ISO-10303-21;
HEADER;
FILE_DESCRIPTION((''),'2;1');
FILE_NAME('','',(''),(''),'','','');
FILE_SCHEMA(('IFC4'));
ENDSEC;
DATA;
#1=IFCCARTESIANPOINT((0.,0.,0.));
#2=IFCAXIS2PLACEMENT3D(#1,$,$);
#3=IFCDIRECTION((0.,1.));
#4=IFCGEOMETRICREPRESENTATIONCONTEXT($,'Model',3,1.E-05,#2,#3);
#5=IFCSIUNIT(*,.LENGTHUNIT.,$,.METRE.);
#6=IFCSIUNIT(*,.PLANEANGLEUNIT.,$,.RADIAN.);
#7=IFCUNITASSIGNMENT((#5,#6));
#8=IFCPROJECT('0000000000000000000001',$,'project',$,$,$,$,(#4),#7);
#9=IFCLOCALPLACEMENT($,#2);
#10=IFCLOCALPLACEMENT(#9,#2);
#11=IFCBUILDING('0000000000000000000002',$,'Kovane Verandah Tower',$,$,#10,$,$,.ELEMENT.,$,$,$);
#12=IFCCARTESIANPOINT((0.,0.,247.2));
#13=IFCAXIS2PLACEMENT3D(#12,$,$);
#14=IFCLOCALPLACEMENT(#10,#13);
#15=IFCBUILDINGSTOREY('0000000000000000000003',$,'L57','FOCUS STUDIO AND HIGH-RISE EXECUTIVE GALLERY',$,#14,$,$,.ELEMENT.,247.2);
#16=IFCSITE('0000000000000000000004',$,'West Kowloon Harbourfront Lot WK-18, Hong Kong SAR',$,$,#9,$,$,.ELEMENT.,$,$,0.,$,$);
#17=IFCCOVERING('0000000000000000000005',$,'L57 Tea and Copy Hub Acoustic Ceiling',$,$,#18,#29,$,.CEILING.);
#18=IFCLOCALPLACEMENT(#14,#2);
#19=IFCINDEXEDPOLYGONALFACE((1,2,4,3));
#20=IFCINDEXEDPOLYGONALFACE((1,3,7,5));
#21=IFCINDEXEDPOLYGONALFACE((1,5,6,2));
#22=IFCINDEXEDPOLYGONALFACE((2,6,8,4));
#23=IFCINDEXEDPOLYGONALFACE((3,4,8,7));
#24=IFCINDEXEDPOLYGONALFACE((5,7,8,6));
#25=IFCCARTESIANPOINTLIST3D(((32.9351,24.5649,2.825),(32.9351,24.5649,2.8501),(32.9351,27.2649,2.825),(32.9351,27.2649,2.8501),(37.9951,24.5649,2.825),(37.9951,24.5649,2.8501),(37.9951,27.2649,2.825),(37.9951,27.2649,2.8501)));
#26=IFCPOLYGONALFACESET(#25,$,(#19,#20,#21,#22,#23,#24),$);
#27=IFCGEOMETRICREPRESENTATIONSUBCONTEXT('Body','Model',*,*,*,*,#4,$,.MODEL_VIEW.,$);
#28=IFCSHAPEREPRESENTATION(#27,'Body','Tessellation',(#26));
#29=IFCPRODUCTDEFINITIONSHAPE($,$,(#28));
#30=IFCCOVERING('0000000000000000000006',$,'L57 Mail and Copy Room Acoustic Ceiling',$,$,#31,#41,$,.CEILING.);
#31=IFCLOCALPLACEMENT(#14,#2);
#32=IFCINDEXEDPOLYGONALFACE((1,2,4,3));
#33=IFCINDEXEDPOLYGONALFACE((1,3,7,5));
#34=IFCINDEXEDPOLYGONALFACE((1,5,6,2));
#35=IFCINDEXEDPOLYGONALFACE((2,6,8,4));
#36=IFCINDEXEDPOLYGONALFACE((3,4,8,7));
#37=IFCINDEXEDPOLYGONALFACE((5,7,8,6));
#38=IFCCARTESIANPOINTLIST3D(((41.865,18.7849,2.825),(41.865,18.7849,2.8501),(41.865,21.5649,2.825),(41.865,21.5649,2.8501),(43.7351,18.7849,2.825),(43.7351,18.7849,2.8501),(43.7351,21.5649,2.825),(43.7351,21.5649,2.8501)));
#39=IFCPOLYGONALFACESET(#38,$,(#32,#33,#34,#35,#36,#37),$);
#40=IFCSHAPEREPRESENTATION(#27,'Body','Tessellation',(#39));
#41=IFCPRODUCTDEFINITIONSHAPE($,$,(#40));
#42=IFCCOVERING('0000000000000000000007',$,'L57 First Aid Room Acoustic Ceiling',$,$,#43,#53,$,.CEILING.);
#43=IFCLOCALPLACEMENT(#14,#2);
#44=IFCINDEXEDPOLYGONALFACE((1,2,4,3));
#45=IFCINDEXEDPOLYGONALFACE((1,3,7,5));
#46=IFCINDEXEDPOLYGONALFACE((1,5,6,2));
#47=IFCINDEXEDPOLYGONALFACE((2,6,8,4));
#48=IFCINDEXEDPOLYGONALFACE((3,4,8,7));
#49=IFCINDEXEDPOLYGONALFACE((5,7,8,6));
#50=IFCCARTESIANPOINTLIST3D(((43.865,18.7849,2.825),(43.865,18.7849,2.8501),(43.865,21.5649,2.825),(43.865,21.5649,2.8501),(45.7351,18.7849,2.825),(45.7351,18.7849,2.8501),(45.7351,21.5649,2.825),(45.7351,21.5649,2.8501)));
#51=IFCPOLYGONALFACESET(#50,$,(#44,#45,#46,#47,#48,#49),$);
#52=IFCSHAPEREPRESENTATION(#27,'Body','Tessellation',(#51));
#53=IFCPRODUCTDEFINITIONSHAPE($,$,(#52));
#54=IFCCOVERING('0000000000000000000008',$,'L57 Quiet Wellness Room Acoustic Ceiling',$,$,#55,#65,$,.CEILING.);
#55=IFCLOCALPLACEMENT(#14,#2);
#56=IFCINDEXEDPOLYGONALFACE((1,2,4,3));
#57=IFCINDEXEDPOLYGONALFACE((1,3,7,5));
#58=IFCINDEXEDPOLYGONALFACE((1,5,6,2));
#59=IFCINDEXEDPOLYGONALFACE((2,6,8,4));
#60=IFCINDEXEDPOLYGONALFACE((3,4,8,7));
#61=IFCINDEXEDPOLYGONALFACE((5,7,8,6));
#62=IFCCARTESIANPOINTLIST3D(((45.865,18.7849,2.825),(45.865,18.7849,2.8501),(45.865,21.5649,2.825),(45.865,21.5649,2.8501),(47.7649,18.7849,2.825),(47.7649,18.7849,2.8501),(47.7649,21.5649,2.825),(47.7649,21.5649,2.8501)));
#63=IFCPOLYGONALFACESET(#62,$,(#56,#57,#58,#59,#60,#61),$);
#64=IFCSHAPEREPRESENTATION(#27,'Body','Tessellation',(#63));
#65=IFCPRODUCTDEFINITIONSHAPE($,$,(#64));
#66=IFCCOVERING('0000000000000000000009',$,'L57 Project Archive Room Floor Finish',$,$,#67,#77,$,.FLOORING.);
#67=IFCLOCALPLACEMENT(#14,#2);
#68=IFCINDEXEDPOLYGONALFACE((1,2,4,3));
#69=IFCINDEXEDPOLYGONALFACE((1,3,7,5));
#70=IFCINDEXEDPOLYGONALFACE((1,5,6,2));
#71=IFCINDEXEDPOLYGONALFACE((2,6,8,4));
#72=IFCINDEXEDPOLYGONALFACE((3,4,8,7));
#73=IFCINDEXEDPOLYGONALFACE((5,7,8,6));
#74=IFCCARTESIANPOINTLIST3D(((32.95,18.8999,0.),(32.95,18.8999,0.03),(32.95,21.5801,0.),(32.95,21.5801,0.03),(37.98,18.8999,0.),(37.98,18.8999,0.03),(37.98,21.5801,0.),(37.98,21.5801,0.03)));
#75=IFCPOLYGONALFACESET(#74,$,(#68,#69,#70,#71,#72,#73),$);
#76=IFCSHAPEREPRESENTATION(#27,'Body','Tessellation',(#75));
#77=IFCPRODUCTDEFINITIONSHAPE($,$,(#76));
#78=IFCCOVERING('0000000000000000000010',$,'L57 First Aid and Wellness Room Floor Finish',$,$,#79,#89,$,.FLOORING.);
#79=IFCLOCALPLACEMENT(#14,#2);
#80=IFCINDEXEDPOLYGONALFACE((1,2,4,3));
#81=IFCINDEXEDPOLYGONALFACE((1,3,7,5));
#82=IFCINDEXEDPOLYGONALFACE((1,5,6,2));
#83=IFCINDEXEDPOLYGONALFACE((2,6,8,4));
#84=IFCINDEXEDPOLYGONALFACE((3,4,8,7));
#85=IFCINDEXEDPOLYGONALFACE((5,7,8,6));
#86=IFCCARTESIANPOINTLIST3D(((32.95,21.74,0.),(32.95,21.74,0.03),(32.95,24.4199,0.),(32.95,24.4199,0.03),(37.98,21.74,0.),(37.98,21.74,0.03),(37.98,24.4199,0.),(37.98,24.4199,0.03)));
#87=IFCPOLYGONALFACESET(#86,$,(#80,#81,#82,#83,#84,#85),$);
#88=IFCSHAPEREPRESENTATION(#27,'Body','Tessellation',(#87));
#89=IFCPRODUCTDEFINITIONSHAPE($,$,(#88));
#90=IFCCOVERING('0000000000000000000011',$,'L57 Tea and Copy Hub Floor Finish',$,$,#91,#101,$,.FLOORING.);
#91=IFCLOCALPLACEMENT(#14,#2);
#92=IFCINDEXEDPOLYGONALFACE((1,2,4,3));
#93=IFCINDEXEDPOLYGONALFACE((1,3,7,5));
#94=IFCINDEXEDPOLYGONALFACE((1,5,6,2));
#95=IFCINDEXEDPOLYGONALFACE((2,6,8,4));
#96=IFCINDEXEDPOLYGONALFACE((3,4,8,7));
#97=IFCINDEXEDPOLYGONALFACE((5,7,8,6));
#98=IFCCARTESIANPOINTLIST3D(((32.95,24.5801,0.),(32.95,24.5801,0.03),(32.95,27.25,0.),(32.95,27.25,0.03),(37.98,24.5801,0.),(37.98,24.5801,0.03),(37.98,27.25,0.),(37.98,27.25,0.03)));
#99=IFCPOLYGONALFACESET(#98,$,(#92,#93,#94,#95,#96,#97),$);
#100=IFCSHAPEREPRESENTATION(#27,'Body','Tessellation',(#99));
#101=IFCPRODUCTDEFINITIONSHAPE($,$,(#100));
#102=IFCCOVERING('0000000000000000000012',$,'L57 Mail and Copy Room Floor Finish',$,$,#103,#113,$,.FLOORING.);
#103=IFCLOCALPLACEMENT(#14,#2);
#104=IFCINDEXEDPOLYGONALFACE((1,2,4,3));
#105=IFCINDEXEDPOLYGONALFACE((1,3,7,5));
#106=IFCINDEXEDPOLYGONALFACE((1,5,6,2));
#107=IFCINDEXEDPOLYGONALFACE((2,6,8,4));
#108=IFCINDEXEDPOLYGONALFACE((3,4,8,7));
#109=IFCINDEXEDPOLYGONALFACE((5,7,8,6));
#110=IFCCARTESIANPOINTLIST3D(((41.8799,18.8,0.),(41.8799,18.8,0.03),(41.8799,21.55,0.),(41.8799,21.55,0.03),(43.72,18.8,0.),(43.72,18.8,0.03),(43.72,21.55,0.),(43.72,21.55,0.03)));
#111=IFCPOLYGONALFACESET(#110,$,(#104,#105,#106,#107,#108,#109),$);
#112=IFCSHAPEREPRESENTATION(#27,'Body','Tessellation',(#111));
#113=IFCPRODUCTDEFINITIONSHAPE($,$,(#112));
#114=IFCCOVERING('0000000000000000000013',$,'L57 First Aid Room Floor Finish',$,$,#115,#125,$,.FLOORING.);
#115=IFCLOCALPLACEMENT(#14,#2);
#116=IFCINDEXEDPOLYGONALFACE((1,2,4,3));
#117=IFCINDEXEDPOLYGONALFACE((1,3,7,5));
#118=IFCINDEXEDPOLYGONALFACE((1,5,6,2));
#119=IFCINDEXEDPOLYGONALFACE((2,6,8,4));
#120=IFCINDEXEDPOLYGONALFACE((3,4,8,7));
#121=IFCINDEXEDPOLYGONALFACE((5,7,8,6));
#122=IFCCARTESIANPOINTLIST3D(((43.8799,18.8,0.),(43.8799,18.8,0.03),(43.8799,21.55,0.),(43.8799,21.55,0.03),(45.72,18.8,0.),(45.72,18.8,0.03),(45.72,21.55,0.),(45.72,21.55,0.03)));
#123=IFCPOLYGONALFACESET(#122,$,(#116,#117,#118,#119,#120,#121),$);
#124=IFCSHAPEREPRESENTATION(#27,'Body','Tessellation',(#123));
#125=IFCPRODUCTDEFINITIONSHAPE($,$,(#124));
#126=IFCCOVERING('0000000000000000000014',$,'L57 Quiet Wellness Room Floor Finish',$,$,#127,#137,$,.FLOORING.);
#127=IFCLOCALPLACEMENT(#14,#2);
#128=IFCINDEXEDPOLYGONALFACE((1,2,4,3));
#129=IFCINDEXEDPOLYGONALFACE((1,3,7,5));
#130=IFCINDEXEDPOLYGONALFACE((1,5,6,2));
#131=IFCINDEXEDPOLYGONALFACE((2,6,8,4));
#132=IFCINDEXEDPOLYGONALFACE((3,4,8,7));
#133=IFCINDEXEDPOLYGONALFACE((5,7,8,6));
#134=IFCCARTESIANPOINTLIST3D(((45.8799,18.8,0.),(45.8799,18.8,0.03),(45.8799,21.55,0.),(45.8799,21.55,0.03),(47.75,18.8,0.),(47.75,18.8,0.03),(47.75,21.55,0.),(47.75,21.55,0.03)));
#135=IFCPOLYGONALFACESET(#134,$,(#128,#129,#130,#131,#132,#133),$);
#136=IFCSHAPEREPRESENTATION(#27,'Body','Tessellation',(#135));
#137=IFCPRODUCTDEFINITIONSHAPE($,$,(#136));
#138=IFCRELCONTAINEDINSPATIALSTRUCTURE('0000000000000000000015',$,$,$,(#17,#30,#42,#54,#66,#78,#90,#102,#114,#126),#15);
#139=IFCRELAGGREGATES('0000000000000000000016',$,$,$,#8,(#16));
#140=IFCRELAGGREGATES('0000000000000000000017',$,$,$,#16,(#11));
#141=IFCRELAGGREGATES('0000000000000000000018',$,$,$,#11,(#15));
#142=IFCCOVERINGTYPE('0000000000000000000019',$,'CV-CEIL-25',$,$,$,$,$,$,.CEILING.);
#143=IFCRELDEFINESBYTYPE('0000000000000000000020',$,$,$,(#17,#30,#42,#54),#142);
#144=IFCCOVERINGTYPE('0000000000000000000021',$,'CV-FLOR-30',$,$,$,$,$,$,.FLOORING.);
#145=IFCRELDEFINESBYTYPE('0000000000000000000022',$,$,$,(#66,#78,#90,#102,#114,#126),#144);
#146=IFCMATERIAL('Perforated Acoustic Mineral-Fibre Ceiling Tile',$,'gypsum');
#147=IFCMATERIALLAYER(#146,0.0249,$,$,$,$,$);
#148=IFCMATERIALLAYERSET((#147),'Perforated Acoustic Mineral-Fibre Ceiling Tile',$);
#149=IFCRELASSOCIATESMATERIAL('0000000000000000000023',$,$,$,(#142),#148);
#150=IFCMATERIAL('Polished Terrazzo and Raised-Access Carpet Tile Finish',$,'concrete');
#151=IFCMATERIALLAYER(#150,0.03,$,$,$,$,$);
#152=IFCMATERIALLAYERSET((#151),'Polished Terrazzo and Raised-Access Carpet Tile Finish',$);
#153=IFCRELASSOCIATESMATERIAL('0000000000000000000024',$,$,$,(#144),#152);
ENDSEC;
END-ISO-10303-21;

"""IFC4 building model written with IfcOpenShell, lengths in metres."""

from ifc_helpers import new_model, si_unit, direction, frame, origin, place, context, subcontext, project, spatial, polyline, outline, extrude, material, layer, layer_set, type_object, element, save


model = new_model("IFC4")

# Units and contexts
model_context = context("Model", 3, precision=1e-05, world=origin(), true_north=direction((0.0, 1.0)))
body_context = subcontext(model_context, "Body", "Model", "MODEL_VIEW")
ifc_project = project(units=[si_unit("LENGTHUNIT", "METRE"), si_unit("PLANEANGLEUNIT", "RADIAN")], contexts=[model_context])

# Site, building, storey
site_placement = place(None, origin())
site = spatial("IfcSite", under=ifc_project, at=site_placement, Name="West Kowloon Harbourfront Lot WK-18, Hong Kong SAR", CompositionType="ELEMENT", RefElevation=0.0)
building_placement = place(site_placement, origin())
building = spatial("IfcBuilding", under=site, at=building_placement, Name="Kovane Verandah Tower", CompositionType="ELEMENT")
storey_placement = place(building_placement, frame((0.0, 0.0, 247.2)))
storey = spatial("IfcBuildingStorey", under=building, at=storey_placement, Name="L57", Description="FOCUS STUDIO AND HIGH-RISE EXECUTIVE GALLERY", CompositionType="ELEMENT", Elevation=247.2)

# Coverings
ifc_material_1 = material(Name="Perforated Acoustic Mineral-Fibre Ceiling Tile", Category="gypsum")
ifc_layer_1 = layer(ifc_material_1, 0.0249)
ifc_layer_set_1 = layer_set([ifc_layer_1], Name="Perforated Acoustic Mineral-Fibre Ceiling Tile")
covering_type_1 = type_object("IfcCoveringType", Name="CV-CEIL-25", PredefinedType="CEILING", material=ifc_layer_set_1)
covering_1_placement = place(storey_placement, frame((0.0, 0.0, 2.825)))
element("IfcCovering", 1, at=covering_1_placement, inside=storey, type_object=covering_type_1, Name="L57 Tea and Copy Hub Acoustic Ceiling", PredefinedType="CEILING", context=body_context, shape_type="SweptSolid", body=[
    extrude(outline(polyline([(32.9351, 24.5649), (37.9951, 24.5649), (37.9951, 27.2649), (32.9351, 27.2649), (32.9351, 24.5649)])), origin(), (0.0, 0.0, 1.0), 0.0251),
])
covering_2_placement = place(storey_placement, frame((0.0, 0.0, 2.825)))
element("IfcCovering", 2, at=covering_2_placement, inside=storey, type_object=covering_type_1, Name="L57 Mail and Copy Room Acoustic Ceiling", PredefinedType="CEILING", context=body_context, shape_type="SweptSolid", body=[
    extrude(outline(polyline([(41.865, 18.7849), (43.7351, 18.7849), (43.7351, 21.5649), (41.865, 21.5649), (41.865, 18.7849)])), origin(), (0.0, 0.0, 1.0), 0.0251),
])
covering_3_placement = place(storey_placement, frame((0.0, 0.0, 2.825)))
element("IfcCovering", 3, at=covering_3_placement, inside=storey, type_object=covering_type_1, Name="L57 First Aid Room Acoustic Ceiling", PredefinedType="CEILING", context=body_context, shape_type="SweptSolid", body=[
    extrude(outline(polyline([(43.865, 18.7849), (45.7351, 18.7849), (45.7351, 21.5649), (43.865, 21.5649), (43.865, 18.7849)])), origin(), (0.0, 0.0, 1.0), 0.0251),
])
covering_4_placement = place(storey_placement, frame((0.0, 0.0, 2.825)))
element("IfcCovering", 4, at=covering_4_placement, inside=storey, type_object=covering_type_1, Name="L57 Quiet Wellness Room Acoustic Ceiling", PredefinedType="CEILING", context=body_context, shape_type="SweptSolid", body=[
    extrude(outline(polyline([(45.865, 18.7849), (47.7649, 18.7849), (47.7649, 21.5649), (45.865, 21.5649), (45.865, 18.7849)])), origin(), (0.0, 0.0, 1.0), 0.0251),
])
ifc_material_2 = material(Name="Polished Terrazzo and Raised-Access Carpet Tile Finish", Category="concrete")
ifc_layer_2 = layer(ifc_material_2, 0.03)
ifc_layer_set_2 = layer_set([ifc_layer_2], Name="Polished Terrazzo and Raised-Access Carpet Tile Finish")
covering_type_2 = type_object("IfcCoveringType", Name="CV-FLOR-30", PredefinedType="FLOORING", material=ifc_layer_set_2)
covering_5_placement = place(storey_placement, origin())
element("IfcCovering", 5, at=covering_5_placement, inside=storey, type_object=covering_type_2, Name="L57 Project Archive Room Floor Finish", PredefinedType="FLOORING", context=body_context, shape_type="SweptSolid", body=[
    extrude(outline(polyline([(32.95, 18.8999), (37.98, 18.8999), (37.98, 21.5801), (32.95, 21.5801), (32.95, 18.8999)])), origin(), (0.0, 0.0, 1.0), 0.03),
])
covering_6_placement = place(storey_placement, origin())
element("IfcCovering", 6, at=covering_6_placement, inside=storey, type_object=covering_type_2, Name="L57 First Aid and Wellness Room Floor Finish", PredefinedType="FLOORING", context=body_context, shape_type="SweptSolid", body=[
    extrude(outline(polyline([(32.95, 21.74), (37.98, 21.74), (37.98, 24.4199), (32.95, 24.4199), (32.95, 21.74)])), origin(), (0.0, 0.0, 1.0), 0.03),
])
covering_7_placement = place(storey_placement, origin())
element("IfcCovering", 7, at=covering_7_placement, inside=storey, type_object=covering_type_2, Name="L57 Tea and Copy Hub Floor Finish", PredefinedType="FLOORING", context=body_context, shape_type="SweptSolid", body=[
    extrude(outline(polyline([(32.95, 24.5801), (37.98, 24.5801), (37.98, 27.25), (32.95, 27.25), (32.95, 24.5801)])), origin(), (0.0, 0.0, 1.0), 0.03),
])
covering_8_placement = place(storey_placement, origin())
element("IfcCovering", 8, at=covering_8_placement, inside=storey, type_object=covering_type_2, Name="L57 Mail and Copy Room Floor Finish", PredefinedType="FLOORING", context=body_context, shape_type="SweptSolid", body=[
    extrude(outline(polyline([(41.8799, 18.8), (43.72, 18.8), (43.72, 21.55), (41.8799, 21.55), (41.8799, 18.8)])), origin(), (0.0, 0.0, 1.0), 0.03),
])
covering_9_placement = place(storey_placement, origin())
element("IfcCovering", 9, at=covering_9_placement, inside=storey, type_object=covering_type_2, Name="L57 First Aid Room Floor Finish", PredefinedType="FLOORING", context=body_context, shape_type="SweptSolid", body=[
    extrude(outline(polyline([(43.8799, 18.8), (45.72, 18.8), (45.72, 21.55), (43.8799, 21.55), (43.8799, 18.8)])), origin(), (0.0, 0.0, 1.0), 0.03),
])
covering_10_placement = place(storey_placement, origin())
element("IfcCovering", 10, at=covering_10_placement, inside=storey, type_object=covering_type_2, Name="L57 Quiet Wellness Room Floor Finish", PredefinedType="FLOORING", context=body_context, shape_type="SweptSolid", body=[
    extrude(outline(polyline([(45.8799, 18.8), (47.75, 18.8), (47.75, 21.55), (45.8799, 21.55), (45.8799, 18.8)])), origin(), (0.0, 0.0, 1.0), 0.03),
])

save(model, "model.ifc")
